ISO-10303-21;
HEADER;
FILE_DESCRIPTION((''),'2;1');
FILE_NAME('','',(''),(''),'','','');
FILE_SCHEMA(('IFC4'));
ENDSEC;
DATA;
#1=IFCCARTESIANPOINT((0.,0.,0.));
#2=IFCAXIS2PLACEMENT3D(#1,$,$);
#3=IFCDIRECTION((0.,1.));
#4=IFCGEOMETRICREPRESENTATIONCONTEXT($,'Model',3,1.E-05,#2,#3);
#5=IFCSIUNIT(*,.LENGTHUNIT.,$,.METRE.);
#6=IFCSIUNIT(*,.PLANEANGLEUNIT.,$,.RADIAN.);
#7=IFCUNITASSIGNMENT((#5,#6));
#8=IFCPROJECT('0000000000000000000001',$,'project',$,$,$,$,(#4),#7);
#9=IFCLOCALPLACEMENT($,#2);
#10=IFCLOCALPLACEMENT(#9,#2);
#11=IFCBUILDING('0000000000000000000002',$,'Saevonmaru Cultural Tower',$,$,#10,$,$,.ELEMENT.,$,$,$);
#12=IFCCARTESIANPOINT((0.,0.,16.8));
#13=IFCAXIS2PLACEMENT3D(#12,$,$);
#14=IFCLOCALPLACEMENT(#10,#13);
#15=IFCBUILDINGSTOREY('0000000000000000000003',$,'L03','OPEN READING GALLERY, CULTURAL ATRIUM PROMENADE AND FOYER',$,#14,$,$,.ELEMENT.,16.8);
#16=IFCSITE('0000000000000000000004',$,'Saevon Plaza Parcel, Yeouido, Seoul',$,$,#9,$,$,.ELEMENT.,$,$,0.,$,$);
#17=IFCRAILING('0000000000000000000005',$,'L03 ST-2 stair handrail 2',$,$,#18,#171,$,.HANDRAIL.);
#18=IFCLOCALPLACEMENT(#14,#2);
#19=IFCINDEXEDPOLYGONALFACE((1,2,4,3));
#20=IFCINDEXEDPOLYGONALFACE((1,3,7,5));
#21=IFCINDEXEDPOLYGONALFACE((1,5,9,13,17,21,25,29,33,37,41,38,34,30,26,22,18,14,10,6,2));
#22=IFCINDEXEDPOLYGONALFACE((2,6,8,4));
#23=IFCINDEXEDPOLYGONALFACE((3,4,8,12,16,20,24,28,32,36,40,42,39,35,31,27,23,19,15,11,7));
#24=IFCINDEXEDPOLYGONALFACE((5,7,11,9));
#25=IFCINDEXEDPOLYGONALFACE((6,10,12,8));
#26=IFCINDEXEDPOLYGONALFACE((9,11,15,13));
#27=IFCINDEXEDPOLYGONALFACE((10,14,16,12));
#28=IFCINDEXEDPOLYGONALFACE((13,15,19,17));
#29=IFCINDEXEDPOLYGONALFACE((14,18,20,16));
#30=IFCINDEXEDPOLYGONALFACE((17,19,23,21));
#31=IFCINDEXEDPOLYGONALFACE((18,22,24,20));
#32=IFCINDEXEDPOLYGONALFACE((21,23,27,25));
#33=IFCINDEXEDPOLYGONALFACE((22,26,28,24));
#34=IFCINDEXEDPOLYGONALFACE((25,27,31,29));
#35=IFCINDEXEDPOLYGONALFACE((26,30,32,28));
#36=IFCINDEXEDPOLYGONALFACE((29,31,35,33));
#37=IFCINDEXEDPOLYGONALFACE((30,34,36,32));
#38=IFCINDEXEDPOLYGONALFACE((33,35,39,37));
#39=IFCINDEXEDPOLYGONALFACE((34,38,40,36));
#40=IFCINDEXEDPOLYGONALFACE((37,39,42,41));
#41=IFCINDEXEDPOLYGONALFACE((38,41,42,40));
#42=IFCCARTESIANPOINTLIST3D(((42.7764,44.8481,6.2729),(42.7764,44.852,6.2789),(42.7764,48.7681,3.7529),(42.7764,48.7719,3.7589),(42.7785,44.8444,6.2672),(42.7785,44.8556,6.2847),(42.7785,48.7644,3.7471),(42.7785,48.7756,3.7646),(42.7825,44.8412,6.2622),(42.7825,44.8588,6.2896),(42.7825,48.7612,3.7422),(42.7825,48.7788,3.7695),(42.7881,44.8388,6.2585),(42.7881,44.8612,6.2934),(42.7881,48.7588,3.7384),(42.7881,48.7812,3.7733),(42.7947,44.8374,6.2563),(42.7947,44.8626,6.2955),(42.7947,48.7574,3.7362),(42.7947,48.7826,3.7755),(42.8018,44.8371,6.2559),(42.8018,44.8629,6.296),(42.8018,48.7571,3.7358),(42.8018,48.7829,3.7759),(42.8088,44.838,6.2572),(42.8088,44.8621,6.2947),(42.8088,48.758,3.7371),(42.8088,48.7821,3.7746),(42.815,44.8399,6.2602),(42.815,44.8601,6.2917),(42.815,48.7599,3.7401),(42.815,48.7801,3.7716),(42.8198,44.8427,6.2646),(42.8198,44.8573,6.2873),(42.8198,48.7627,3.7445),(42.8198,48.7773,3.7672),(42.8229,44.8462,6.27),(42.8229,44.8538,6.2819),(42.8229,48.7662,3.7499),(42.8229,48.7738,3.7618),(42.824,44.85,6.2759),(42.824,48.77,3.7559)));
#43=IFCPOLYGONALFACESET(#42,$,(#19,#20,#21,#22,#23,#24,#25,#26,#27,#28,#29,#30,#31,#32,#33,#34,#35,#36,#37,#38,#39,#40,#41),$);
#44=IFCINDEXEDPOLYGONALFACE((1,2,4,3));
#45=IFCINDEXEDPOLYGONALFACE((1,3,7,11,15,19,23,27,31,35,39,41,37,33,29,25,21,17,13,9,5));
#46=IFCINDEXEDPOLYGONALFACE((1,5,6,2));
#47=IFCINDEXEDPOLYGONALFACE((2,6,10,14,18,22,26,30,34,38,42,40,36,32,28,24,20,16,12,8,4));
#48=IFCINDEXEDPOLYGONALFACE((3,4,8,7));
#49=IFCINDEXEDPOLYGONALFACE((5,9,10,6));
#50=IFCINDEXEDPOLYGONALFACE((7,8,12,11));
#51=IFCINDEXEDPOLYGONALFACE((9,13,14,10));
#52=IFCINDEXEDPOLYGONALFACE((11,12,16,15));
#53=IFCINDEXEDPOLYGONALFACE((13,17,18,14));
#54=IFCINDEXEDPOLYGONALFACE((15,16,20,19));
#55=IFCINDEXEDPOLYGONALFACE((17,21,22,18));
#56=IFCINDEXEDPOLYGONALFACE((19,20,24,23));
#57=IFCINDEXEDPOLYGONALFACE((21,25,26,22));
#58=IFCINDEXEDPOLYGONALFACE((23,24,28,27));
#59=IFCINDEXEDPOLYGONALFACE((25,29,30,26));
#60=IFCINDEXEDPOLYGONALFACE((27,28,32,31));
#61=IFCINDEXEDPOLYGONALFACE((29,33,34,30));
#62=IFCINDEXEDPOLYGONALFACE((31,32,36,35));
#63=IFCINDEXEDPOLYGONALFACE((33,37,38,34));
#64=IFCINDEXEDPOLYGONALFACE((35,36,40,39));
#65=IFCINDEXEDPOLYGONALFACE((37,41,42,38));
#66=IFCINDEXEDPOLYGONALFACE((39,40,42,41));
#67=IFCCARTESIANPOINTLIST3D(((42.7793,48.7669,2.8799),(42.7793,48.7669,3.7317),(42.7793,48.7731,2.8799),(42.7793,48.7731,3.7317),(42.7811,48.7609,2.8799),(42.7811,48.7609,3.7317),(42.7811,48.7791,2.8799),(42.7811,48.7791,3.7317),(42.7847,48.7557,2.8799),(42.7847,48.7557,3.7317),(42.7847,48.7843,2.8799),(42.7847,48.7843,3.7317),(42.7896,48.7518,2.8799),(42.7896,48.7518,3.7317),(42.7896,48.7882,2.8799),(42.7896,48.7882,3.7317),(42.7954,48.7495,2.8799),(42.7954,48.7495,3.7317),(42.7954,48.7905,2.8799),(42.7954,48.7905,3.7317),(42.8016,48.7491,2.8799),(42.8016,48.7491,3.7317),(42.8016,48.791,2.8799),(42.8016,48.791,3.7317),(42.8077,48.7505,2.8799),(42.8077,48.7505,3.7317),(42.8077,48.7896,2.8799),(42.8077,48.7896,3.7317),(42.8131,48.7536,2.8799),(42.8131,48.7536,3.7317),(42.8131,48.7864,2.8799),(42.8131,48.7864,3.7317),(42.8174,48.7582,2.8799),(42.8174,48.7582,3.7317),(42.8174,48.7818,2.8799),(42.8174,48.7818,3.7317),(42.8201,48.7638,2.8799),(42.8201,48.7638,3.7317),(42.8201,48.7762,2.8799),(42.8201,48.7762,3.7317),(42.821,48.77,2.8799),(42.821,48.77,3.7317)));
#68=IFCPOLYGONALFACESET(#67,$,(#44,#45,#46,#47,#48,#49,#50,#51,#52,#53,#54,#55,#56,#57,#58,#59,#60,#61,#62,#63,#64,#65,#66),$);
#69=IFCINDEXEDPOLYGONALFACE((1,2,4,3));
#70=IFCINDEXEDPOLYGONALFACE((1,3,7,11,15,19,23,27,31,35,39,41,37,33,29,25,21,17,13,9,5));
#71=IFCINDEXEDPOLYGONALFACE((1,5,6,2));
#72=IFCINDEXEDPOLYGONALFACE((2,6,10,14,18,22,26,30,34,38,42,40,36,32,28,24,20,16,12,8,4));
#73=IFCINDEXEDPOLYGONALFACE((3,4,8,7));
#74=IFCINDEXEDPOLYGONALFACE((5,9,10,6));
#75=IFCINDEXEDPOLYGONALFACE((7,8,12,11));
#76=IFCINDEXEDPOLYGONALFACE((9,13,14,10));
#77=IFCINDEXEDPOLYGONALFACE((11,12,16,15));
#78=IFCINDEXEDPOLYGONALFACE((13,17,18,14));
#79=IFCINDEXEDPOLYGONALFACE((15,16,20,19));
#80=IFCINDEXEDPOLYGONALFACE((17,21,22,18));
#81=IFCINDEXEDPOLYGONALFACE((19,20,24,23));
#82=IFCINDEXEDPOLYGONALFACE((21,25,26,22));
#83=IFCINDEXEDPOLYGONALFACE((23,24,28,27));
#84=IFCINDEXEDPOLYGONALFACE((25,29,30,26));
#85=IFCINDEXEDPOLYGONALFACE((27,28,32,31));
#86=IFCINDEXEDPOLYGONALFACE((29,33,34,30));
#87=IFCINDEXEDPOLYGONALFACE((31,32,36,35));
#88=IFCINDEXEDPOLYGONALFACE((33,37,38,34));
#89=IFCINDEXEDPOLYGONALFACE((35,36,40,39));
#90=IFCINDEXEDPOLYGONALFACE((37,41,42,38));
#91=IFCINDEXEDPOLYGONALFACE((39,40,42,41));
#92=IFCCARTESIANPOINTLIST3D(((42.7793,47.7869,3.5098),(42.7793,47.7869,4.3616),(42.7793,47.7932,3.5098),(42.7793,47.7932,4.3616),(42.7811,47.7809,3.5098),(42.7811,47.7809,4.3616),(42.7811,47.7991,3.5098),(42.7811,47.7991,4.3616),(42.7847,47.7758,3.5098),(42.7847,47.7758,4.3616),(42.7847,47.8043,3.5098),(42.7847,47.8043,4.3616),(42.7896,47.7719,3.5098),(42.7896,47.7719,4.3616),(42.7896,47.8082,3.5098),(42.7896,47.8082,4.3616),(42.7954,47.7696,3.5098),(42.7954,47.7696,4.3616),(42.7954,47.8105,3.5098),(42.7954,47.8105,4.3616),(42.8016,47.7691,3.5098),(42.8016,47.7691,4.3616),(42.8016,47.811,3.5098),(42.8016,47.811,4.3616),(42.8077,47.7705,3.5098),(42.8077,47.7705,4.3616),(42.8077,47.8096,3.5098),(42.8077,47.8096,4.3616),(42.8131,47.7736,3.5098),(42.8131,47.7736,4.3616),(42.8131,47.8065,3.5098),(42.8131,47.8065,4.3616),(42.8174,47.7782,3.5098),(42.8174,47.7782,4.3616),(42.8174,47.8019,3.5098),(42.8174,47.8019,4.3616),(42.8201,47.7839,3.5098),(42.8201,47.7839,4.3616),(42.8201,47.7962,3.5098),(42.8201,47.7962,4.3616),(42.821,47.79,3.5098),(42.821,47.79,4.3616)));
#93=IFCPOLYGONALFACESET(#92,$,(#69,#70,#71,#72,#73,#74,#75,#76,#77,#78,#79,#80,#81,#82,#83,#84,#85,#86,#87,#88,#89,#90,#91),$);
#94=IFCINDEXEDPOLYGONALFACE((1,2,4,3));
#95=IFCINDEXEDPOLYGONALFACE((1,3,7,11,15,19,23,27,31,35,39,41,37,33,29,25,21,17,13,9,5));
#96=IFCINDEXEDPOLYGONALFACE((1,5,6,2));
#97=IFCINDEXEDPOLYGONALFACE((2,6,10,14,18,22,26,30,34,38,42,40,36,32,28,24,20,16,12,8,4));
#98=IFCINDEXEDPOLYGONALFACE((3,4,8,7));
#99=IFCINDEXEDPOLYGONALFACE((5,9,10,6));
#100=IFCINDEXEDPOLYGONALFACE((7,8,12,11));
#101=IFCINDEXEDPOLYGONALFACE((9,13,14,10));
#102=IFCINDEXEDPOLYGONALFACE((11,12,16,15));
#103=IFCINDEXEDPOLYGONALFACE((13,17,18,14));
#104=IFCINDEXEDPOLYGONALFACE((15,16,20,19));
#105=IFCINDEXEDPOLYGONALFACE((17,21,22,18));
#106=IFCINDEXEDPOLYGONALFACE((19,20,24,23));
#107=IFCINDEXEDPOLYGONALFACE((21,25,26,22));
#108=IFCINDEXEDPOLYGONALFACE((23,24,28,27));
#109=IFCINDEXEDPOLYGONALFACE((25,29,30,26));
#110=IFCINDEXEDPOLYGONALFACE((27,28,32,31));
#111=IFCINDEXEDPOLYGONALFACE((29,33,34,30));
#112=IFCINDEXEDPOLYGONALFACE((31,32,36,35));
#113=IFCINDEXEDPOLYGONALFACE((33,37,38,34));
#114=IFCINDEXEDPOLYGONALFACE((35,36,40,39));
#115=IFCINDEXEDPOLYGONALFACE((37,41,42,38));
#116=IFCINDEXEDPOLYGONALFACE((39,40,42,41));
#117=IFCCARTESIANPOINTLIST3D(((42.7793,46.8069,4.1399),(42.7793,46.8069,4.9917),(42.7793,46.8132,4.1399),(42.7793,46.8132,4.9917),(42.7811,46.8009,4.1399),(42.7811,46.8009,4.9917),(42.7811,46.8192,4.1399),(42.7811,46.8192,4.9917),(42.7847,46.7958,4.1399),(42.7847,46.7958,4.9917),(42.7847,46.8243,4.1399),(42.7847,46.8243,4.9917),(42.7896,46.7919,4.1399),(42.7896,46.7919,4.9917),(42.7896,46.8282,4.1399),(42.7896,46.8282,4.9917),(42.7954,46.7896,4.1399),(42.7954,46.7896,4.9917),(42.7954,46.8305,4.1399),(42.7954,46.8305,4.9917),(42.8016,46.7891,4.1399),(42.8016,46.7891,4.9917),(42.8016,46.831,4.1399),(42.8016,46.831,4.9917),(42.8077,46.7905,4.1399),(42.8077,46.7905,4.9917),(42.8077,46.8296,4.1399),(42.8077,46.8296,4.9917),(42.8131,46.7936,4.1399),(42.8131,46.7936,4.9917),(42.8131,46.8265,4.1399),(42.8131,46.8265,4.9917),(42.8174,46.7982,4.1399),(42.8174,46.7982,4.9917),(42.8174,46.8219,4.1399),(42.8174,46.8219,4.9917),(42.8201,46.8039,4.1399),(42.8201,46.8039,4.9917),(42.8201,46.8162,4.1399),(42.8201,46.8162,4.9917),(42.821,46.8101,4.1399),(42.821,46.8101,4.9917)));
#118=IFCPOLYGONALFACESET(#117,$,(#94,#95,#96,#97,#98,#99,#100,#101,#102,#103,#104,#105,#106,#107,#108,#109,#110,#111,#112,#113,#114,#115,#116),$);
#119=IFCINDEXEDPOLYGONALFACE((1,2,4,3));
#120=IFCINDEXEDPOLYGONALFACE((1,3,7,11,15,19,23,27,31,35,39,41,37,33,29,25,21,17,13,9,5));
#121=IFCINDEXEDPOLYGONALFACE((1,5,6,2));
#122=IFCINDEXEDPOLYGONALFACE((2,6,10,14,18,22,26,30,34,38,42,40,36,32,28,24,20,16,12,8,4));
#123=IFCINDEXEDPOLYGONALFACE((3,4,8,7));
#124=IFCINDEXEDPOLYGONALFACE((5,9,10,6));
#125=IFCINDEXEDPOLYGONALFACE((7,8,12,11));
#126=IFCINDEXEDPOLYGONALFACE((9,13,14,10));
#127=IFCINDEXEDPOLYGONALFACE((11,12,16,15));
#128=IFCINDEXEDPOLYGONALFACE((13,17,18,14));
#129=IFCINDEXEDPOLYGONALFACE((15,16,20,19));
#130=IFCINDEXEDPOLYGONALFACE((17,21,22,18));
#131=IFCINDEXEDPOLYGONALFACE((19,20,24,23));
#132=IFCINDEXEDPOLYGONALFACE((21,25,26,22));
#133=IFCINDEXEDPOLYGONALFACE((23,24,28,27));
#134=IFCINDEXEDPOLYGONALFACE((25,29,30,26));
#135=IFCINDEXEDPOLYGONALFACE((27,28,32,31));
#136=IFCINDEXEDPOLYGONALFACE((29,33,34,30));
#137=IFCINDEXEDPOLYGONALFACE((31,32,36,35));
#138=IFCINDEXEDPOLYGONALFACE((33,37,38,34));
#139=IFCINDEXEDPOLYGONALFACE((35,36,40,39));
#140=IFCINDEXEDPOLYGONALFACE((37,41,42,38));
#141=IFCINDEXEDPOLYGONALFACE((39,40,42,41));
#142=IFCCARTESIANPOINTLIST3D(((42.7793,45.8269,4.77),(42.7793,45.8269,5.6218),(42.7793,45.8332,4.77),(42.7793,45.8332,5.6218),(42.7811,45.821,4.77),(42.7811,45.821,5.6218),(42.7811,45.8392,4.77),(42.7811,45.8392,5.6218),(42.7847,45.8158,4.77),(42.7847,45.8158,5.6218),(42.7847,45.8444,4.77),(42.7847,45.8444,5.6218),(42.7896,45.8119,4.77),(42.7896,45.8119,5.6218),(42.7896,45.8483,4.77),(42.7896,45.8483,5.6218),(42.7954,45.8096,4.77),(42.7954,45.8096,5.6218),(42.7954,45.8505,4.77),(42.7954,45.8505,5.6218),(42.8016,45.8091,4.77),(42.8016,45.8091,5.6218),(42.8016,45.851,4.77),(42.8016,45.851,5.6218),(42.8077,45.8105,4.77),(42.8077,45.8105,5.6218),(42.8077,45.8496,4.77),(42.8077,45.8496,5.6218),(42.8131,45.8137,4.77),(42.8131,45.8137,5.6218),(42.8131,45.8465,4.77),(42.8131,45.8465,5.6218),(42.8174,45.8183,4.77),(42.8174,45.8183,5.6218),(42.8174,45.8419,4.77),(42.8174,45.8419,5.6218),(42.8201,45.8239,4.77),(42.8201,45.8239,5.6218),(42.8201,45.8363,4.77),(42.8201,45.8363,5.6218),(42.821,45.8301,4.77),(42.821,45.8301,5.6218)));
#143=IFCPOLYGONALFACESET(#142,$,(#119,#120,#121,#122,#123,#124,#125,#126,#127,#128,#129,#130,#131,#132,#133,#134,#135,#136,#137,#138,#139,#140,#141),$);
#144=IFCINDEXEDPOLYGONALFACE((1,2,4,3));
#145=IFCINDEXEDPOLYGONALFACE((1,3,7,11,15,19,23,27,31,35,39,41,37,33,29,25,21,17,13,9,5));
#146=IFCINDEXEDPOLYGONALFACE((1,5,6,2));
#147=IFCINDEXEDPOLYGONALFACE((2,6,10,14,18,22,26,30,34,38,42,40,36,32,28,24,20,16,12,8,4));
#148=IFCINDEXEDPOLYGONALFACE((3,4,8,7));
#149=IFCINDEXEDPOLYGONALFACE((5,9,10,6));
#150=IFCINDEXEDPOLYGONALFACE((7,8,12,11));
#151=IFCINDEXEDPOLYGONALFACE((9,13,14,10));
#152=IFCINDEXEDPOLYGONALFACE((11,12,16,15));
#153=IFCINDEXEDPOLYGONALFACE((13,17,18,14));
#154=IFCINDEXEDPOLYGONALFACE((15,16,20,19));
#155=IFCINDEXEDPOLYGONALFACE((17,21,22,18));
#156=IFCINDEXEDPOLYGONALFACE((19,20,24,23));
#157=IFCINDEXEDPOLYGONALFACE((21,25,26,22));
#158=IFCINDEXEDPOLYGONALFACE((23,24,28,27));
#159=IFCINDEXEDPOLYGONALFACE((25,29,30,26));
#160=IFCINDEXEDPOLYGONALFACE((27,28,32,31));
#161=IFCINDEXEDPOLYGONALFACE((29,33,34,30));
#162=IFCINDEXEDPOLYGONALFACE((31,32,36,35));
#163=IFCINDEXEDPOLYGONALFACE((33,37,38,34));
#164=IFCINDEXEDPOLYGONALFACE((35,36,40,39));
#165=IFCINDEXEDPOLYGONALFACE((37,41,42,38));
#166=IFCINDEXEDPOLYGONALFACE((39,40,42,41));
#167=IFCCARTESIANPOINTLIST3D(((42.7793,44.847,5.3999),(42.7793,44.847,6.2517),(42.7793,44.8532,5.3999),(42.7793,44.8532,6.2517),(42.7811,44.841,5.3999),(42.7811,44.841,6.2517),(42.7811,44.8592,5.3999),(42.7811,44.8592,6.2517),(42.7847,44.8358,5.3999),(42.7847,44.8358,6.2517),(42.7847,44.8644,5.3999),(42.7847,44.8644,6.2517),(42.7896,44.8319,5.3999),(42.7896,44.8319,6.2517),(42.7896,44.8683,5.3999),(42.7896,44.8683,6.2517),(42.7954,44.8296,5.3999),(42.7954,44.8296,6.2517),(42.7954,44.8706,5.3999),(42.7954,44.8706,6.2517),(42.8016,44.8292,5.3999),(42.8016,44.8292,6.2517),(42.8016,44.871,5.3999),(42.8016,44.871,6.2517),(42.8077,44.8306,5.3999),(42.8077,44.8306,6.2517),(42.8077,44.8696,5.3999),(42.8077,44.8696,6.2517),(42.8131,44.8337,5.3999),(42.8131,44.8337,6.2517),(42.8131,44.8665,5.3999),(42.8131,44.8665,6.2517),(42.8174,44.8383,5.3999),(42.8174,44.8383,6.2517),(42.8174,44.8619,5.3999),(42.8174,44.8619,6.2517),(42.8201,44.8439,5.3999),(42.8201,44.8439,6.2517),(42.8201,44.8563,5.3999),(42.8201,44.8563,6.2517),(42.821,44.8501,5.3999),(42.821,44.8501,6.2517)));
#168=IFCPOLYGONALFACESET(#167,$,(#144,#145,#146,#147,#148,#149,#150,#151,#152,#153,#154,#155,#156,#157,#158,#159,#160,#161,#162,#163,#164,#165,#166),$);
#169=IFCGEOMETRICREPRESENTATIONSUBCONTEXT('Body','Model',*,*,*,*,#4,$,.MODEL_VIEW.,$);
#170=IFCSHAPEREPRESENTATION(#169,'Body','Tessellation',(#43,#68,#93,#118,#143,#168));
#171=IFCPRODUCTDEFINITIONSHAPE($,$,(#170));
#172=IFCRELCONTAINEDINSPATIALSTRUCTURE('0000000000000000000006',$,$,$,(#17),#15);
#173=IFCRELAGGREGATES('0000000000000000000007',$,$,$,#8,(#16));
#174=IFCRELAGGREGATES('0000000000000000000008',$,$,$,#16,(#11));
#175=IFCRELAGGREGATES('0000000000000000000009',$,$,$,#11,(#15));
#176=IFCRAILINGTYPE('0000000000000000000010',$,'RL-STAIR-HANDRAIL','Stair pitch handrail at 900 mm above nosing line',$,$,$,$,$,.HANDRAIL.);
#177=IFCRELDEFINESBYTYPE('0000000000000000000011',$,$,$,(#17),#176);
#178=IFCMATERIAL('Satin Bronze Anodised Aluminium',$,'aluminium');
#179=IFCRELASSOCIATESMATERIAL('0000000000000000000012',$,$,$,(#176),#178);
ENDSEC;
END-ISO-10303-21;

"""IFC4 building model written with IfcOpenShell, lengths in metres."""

from ifc_helpers import new_model, si_unit, direction, frame, origin, origin_2d, place, context, subcontext, project, spatial, circle, extrude, material, type_object, element, save


model = new_model("IFC4")

# Units and contexts
model_context = context("Model", 3, precision=1e-05, world=origin(), true_north=direction((0.0, 1.0)))
body_context = subcontext(model_context, "Body", "Model", "MODEL_VIEW")
ifc_project = project(units=[si_unit("LENGTHUNIT", "METRE"), si_unit("PLANEANGLEUNIT", "RADIAN")], contexts=[model_context])

# Site, building, storey
site_placement = place(None, origin())
site = spatial("IfcSite", under=ifc_project, at=site_placement, Name="Saevon Plaza Parcel, Yeouido, Seoul", CompositionType="ELEMENT", RefElevation=0.0)
building_placement = place(site_placement, origin())
building = spatial("IfcBuilding", under=site, at=building_placement, Name="Saevonmaru Cultural Tower", CompositionType="ELEMENT")
storey_placement = place(building_placement, frame((0.0, 0.0, 16.8)))
storey = spatial("IfcBuildingStorey", under=building, at=storey_placement, Name="L03", Description="OPEN READING GALLERY, CULTURAL ATRIUM PROMENADE AND FOYER", CompositionType="ELEMENT", Elevation=16.8)

# Shared definitions
ifc_material_1 = material(Name="Satin Bronze Anodised Aluminium", Category="aluminium")

# Railing
railing_type_1 = type_object("IfcRailingType", Name="RL-STAIR-HANDRAIL", Description="Stair pitch handrail at 900 mm above nosing line", PredefinedType="HANDRAIL", material=ifc_material_1)
railing_1_placement = place(storey_placement, frame((42.8, 48.77, 2.8799)))
element("IfcRailing", 1, at=railing_1_placement, inside=storey, type_object=railing_type_1, Name="L03 ST-2 stair handrail 2", PredefinedType="HANDRAIL", context=body_context, shape_type="SweptSolid", body=[
    extrude(circle(Radius=0.0239, at=origin_2d()), frame((0.0, 0.0, 0.876), z_axis=(0.0, -0.841172, 0.540768), x_axis=(1.0, 0.0, 0.0)), (0.0, 0.0, 1.0), 4.6602),
    extrude(circle(Radius=0.021, at=origin_2d()), origin(), (0.0, 0.0, 1.0), 0.8518),
    extrude(circle(Radius=0.021, at=origin_2d()), frame((0.0, -0.98, 0.6299)), (0.0, 0.0, 1.0), 0.8518),
    extrude(circle(Radius=0.021, at=origin_2d()), frame((0.0, -1.96, 1.26)), (0.0, 0.0, 1.0), 0.8518),
    extrude(circle(Radius=0.021, at=origin_2d()), frame((0.0, -2.9399, 1.8901)), (0.0, 0.0, 1.0), 0.8518),
    extrude(circle(Radius=0.021, at=origin_2d()), frame((0.0, -3.9199, 2.52)), (0.0, 0.0, 1.0), 0.8518),
])

save(model, "model.ifc")
